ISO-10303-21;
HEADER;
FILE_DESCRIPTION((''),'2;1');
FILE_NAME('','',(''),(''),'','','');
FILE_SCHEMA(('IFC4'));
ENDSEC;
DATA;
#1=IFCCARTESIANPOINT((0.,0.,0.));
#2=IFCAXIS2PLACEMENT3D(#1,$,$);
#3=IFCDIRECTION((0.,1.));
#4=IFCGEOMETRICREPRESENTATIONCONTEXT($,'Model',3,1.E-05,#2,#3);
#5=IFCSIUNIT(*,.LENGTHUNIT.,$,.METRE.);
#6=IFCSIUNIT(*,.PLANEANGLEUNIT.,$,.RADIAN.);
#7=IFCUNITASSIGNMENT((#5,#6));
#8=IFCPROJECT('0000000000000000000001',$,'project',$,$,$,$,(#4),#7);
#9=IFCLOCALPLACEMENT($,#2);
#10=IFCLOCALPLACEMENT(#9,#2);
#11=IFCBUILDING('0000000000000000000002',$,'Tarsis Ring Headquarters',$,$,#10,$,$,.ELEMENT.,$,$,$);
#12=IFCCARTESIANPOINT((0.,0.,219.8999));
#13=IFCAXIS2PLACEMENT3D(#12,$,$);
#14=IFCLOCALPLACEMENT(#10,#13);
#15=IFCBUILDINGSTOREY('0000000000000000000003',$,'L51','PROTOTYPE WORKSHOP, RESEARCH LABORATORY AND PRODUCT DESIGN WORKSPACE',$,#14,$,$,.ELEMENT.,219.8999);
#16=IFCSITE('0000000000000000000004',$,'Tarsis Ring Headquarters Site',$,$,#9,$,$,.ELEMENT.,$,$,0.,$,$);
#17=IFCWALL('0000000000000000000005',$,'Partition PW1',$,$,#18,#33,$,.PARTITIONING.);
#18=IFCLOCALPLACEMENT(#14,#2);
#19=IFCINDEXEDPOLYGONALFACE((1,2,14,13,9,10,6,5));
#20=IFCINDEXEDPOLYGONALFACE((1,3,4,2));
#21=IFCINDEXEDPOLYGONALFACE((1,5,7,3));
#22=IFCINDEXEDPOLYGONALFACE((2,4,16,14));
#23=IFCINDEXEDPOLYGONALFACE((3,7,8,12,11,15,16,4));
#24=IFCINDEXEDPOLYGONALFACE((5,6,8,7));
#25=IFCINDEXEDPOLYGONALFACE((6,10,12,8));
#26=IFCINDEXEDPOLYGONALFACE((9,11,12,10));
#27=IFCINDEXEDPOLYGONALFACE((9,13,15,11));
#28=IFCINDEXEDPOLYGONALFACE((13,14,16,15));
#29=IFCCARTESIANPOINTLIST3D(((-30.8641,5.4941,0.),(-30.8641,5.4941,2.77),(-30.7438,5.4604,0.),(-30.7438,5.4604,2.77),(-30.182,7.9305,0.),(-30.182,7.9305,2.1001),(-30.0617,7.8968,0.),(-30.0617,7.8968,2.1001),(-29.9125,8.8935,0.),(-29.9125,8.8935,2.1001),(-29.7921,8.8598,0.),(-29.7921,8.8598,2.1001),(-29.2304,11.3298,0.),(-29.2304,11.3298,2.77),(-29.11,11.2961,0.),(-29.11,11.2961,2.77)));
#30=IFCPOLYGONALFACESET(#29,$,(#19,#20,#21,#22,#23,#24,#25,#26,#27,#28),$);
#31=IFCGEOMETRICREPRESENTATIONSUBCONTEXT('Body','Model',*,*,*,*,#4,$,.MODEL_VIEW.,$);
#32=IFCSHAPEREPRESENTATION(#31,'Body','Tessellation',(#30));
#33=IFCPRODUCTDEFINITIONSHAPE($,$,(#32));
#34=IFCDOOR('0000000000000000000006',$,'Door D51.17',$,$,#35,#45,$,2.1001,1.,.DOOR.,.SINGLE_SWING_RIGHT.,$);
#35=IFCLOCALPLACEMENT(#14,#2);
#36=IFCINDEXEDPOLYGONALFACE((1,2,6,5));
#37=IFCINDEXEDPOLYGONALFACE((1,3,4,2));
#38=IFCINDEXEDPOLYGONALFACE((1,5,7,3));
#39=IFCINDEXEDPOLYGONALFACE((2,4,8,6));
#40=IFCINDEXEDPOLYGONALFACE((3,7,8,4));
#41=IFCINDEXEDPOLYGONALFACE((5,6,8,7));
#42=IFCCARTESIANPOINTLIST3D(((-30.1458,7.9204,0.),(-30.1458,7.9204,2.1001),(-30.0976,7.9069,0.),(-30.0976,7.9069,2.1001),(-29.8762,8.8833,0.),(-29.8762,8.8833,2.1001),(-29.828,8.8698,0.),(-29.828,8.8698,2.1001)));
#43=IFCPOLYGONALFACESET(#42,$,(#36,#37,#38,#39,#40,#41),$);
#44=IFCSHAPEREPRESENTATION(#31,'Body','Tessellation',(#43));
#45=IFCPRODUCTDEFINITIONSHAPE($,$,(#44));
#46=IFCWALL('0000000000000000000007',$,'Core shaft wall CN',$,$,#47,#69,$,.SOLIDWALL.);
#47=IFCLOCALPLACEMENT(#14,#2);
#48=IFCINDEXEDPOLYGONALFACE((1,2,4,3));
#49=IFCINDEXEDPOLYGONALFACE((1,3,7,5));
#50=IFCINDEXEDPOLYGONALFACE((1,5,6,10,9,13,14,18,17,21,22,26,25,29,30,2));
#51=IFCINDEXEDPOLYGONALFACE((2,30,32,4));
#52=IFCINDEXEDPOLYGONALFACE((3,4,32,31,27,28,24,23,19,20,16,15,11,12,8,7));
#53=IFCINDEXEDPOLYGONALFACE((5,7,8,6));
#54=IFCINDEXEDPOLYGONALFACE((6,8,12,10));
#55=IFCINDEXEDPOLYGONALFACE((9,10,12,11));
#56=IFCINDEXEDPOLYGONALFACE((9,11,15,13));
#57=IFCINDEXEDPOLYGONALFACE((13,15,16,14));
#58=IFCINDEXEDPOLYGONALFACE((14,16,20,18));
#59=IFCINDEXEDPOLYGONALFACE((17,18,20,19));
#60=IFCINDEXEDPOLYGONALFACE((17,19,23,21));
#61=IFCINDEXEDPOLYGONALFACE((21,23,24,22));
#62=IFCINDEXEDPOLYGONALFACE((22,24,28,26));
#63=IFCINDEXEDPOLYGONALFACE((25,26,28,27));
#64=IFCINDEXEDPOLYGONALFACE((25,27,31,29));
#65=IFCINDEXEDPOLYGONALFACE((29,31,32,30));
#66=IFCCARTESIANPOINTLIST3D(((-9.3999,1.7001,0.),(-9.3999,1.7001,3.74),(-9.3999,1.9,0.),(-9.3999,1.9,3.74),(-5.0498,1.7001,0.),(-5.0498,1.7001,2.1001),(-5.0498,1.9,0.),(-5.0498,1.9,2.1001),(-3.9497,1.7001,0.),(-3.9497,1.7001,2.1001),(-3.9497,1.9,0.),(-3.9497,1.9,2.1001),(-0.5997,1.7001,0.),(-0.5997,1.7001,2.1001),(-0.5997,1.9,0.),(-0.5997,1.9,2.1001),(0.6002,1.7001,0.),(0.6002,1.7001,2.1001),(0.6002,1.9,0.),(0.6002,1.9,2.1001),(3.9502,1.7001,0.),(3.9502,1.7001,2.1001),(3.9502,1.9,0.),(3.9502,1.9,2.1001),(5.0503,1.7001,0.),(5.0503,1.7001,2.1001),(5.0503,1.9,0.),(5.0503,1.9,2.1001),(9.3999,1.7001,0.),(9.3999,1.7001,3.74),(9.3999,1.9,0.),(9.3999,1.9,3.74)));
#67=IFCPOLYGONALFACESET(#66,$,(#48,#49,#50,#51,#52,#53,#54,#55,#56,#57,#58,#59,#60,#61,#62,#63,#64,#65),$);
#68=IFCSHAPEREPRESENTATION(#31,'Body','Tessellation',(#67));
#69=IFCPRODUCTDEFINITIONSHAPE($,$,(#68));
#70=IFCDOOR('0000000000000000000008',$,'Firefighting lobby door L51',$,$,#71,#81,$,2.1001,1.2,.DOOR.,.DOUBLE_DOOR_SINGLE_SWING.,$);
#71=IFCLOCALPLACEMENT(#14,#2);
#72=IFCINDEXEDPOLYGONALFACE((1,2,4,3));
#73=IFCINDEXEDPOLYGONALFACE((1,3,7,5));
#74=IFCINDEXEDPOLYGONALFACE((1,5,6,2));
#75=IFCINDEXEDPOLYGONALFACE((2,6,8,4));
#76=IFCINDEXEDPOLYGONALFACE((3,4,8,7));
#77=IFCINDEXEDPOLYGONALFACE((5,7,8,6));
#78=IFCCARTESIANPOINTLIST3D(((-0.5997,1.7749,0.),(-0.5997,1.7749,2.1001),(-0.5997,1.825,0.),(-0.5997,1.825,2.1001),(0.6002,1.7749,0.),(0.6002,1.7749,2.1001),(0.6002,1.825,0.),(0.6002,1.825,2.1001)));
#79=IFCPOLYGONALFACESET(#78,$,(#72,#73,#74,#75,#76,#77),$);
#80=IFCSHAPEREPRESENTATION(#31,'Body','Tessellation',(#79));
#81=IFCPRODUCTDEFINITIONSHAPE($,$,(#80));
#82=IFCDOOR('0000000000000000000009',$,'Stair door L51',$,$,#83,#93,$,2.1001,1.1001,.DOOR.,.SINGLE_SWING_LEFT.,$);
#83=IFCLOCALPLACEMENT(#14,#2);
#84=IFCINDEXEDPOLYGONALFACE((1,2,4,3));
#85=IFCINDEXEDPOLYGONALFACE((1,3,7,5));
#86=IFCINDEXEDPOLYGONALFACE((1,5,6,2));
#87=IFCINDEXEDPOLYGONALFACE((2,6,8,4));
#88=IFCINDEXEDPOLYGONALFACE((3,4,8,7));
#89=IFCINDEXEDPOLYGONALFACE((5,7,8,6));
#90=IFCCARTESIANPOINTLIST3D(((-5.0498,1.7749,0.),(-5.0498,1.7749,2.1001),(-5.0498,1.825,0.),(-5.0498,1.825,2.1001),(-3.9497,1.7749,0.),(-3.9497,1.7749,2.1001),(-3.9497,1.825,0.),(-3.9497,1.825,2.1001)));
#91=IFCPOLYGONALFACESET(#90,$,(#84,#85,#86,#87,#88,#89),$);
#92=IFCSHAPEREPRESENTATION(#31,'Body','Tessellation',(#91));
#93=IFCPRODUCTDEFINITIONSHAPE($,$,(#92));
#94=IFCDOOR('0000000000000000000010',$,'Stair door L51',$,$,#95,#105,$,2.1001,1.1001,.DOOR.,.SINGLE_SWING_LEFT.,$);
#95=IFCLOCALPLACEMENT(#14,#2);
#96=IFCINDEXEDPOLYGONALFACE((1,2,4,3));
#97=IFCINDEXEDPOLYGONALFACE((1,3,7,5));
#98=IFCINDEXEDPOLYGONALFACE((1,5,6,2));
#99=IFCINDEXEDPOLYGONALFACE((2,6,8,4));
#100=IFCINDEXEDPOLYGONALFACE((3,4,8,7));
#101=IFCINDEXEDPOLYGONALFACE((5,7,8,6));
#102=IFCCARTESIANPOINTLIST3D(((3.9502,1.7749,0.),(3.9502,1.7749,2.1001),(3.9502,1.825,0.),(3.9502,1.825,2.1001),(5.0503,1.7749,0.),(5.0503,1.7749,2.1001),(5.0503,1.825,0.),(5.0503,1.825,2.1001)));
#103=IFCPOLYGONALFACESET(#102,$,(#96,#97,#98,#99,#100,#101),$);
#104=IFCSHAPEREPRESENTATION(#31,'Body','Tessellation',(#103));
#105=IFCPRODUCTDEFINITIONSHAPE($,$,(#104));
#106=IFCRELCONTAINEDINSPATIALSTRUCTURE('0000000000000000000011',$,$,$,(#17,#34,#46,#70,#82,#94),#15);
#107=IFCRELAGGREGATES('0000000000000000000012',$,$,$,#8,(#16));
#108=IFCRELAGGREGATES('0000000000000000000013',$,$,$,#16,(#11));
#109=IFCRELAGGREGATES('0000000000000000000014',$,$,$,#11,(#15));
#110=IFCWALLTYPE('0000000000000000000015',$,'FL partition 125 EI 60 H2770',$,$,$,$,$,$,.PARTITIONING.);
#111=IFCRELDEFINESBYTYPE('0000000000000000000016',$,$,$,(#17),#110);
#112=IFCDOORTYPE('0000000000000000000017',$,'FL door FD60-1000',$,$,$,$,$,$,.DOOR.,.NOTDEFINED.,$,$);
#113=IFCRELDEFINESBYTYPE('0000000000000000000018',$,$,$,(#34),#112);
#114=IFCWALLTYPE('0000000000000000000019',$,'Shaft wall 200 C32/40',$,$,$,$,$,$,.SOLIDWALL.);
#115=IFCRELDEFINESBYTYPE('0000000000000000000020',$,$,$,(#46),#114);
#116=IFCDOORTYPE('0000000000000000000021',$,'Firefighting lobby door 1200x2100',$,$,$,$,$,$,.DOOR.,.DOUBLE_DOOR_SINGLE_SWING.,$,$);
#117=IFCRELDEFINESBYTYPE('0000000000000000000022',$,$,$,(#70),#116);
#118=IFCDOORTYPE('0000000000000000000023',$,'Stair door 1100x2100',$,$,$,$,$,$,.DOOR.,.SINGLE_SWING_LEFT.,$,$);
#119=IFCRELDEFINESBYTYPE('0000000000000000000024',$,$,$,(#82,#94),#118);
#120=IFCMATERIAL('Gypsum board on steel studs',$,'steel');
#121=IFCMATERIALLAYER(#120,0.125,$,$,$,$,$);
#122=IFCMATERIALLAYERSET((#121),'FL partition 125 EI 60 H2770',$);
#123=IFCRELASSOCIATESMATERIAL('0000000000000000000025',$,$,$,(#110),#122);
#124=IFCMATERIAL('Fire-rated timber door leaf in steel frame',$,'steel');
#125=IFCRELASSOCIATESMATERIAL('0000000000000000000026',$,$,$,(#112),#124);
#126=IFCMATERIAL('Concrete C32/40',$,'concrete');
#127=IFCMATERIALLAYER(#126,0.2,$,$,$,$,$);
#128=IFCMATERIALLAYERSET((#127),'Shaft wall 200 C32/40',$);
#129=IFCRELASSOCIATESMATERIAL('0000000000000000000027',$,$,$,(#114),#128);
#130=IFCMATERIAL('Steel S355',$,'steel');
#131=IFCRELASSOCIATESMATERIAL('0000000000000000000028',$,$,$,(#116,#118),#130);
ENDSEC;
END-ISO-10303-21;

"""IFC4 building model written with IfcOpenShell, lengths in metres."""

from ifc_helpers import new_model, si_unit, direction, frame, frame_2d, origin, place, context, subcontext, project, spatial, rectangle, extrude, material, layer, layer_set, type_object, element, fill, save


model = new_model("IFC4")

# Units and contexts
model_context = context("Model", 3, precision=1e-05, world=origin(), true_north=direction((0.0, 1.0)))
body_context = subcontext(model_context, "Body", "Model", "MODEL_VIEW")
ifc_project = project(units=[si_unit("LENGTHUNIT", "METRE"), si_unit("PLANEANGLEUNIT", "RADIAN")], contexts=[model_context])

# Site, building, storey
site_placement = place(None, origin())
site = spatial("IfcSite", under=ifc_project, at=site_placement, Name="Tarsis Ring Headquarters Site", CompositionType="ELEMENT", RefElevation=0.0)
building_placement = place(site_placement, origin())
building = spatial("IfcBuilding", under=site, at=building_placement, Name="Tarsis Ring Headquarters", CompositionType="ELEMENT")
storey_placement = place(building_placement, frame((0.0, 0.0, 219.8999)))
storey = spatial("IfcBuildingStorey", under=building, at=storey_placement, Name="L51", Description="PROTOTYPE WORKSHOP, RESEARCH LABORATORY AND PRODUCT DESIGN WORKSPACE", CompositionType="ELEMENT", Elevation=219.8999)

# Shared definitions
ifc_material_1 = material(Name="Steel S355", Category="steel")

# Shared definitions
ifc_material_2 = material(Name="Gypsum board on steel studs", Category="steel")

# Shared definitions
ifc_layer_1 = layer(ifc_material_2, 0.125)
ifc_layer_set_1 = layer_set([ifc_layer_1], Name="FL partition 125 EI 60 H2770")
wall_type_1 = type_object("IfcWallType", Name="FL partition 125 EI 60 H2770", PredefinedType="PARTITIONING", material=ifc_layer_set_1)
ifc_material_3 = material(Name="Fire-rated timber door leaf in steel frame", Category="steel")
door_type_1 = type_object("IfcDoorType", Name="FL door FD60-1000", OperationType="NOTDEFINED", PredefinedType="DOOR", material=ifc_material_3)

# Wall, opening, door
wall_1_placement = place(storey_placement, frame((-30.804, 5.4773, 0.0), z_axis=(0.0, 0.0, 1.0), x_axis=(0.269599, 0.962973, 0.0)))
wall_1 = element("IfcWall", 1, at=wall_1_placement, inside=storey, type_object=wall_type_1, Name="Partition PW1", PredefinedType="PARTITIONING", context=body_context, shape_type="SweptSolid", body=[
    extrude(rectangle(XDim=6.0601, YDim=0.125, at=frame_2d((3.03, 0.0))), origin(), (0.0, 0.0, 1.0), 2.77),
])
opening_1_placement = place(wall_1_placement, frame((2.53, 0.0, 0.0)))
opening_1 = element("IfcOpeningElement", 2, at=opening_1_placement, cuts=wall_1, PredefinedType="OPENING", context=body_context, shape_type="SweptSolid", body=[
    extrude(rectangle(XDim=1.0, YDim=2.1001, at=frame_2d((0.5, 1.05))), frame((0.0, 0.0725, 0.0), z_axis=(0.0, -1.0, 0.0), x_axis=(1.0, 0.0, 0.0)), (0.0, 0.0, 1.0), 0.145),
])
door_1_placement = place(opening_1_placement, origin())
door_1 = element("IfcDoor", 3, at=door_1_placement, inside=storey, type_object=door_type_1, Name="Door D51.17", OperationType="SINGLE_SWING_RIGHT", OverallHeight=2.1001, OverallWidth=1.0, PredefinedType="DOOR", context=body_context, shape_type="SweptSolid", body=[
    extrude(rectangle(XDim=1.0, YDim=2.1001, at=frame_2d((0.5, 1.05))), frame((0.0, 0.0249, 0.0), z_axis=(0.0, -1.0, 0.0), x_axis=(1.0, 0.0, 0.0)), (0.0, 0.0, 1.0), 0.05),
])
fill(opening_1, door_1)

# Wall, openings, doors
ifc_material_4 = material(Name="Concrete C32/40", Category="concrete")
ifc_layer_2 = layer(ifc_material_4, 0.2)
ifc_layer_set_2 = layer_set([ifc_layer_2], Name="Shaft wall 200 C32/40")
wall_type_2 = type_object("IfcWallType", Name="Shaft wall 200 C32/40", PredefinedType="SOLIDWALL", material=ifc_layer_set_2)
wall_2_placement = place(storey_placement, frame((-9.3999, 1.8, 0.0), z_axis=(0.0, 0.0, 1.0), x_axis=(1.0, 0.0, 0.0)))
wall_2 = element("IfcWall", 4, at=wall_2_placement, inside=storey, type_object=wall_type_2, Name="Core shaft wall CN", PredefinedType="SOLIDWALL", context=body_context, shape_type="SweptSolid", body=[
    extrude(rectangle(XDim=18.7998, YDim=0.2, at=frame_2d((9.3999, 0.0))), origin(), (0.0, 0.0, 1.0), 3.74),
])
opening_2_placement = place(wall_2_placement, frame((4.3501, 0.0, 0.0)))
opening_2 = element("IfcOpeningElement", 5, at=opening_2_placement, cuts=wall_2, PredefinedType="OPENING", context=body_context, shape_type="SweptSolid", body=[
    extrude(rectangle(XDim=1.1001, YDim=2.1001, at=frame_2d((0.55, 1.05))), frame((0.0, 0.1099, 0.0), z_axis=(0.0, -1.0, 0.0), x_axis=(1.0, 0.0, 0.0)), (0.0, 0.0, 1.0), 0.22),
])
opening_3_placement = place(wall_2_placement, frame((8.8, 0.0, 0.0)))
opening_3 = element("IfcOpeningElement", 6, at=opening_3_placement, cuts=wall_2, PredefinedType="OPENING", context=body_context, shape_type="SweptSolid", body=[
    extrude(rectangle(XDim=1.2, YDim=2.1001, at=frame_2d((0.6001, 1.05))), frame((0.0, 0.1099, 0.0), z_axis=(0.0, -1.0, 0.0), x_axis=(1.0, 0.0, 0.0)), (0.0, 0.0, 1.0), 0.22),
])
opening_4_placement = place(wall_2_placement, frame((13.3501, 0.0, 0.0)))
opening_4 = element("IfcOpeningElement", 7, at=opening_4_placement, cuts=wall_2, PredefinedType="OPENING", context=body_context, shape_type="SweptSolid", body=[
    extrude(rectangle(XDim=1.1001, YDim=2.1001, at=frame_2d((0.55, 1.05))), frame((0.0, 0.1099, 0.0), z_axis=(0.0, -1.0, 0.0), x_axis=(1.0, 0.0, 0.0)), (0.0, 0.0, 1.0), 0.22),
])
door_type_2 = type_object("IfcDoorType", Name="Firefighting lobby door 1200x2100", OperationType="DOUBLE_DOOR_SINGLE_SWING", PredefinedType="DOOR", material=ifc_material_1)
door_2_placement = place(opening_3_placement, origin())
door_2 = element("IfcDoor", 8, at=door_2_placement, inside=storey, type_object=door_type_2, Name="Firefighting lobby door L51", OperationType="DOUBLE_DOOR_SINGLE_SWING", OverallHeight=2.1001, OverallWidth=1.2, PredefinedType="DOOR", context=body_context, shape_type="SweptSolid", body=[
    extrude(rectangle(XDim=1.2, YDim=2.1001, at=frame_2d((0.6001, 1.05))), frame((0.0, 0.0249, 0.0), z_axis=(0.0, -1.0, 0.0), x_axis=(1.0, 0.0, 0.0)), (0.0, 0.0, 1.0), 0.05),
])
fill(opening_3, door_2)
door_type_3 = type_object("IfcDoorType", Name="Stair door 1100x2100", OperationType="SINGLE_SWING_LEFT", PredefinedType="DOOR", material=ifc_material_1)
door_3_placement = place(opening_2_placement, origin())
door_3 = element("IfcDoor", 9, at=door_3_placement, inside=storey, type_object=door_type_3, Name="Stair door L51", OperationType="SINGLE_SWING_LEFT", OverallHeight=2.1001, OverallWidth=1.1001, PredefinedType="DOOR", context=body_context, shape_type="SweptSolid", body=[
    extrude(rectangle(XDim=1.1001, YDim=2.1001, at=frame_2d((0.55, 1.05))), frame((0.0, 0.0249, 0.0), z_axis=(0.0, -1.0, 0.0), x_axis=(1.0, 0.0, 0.0)), (0.0, 0.0, 1.0), 0.05),
])
fill(opening_2, door_3)
door_4_placement = place(opening_4_placement, origin())
door_4 = element("IfcDoor", 10, at=door_4_placement, inside=storey, type_object=door_type_3, Name="Stair door L51", OperationType="SINGLE_SWING_LEFT", OverallHeight=2.1001, OverallWidth=1.1001, PredefinedType="DOOR", context=body_context, shape_type="SweptSolid", body=[
    extrude(rectangle(XDim=1.1001, YDim=2.1001, at=frame_2d((0.55, 1.05))), frame((0.0, 0.0249, 0.0), z_axis=(0.0, -1.0, 0.0), x_axis=(1.0, 0.0, 0.0)), (0.0, 0.0, 1.0), 0.05),
])
fill(opening_4, door_4)

save(model, "model.ifc")
